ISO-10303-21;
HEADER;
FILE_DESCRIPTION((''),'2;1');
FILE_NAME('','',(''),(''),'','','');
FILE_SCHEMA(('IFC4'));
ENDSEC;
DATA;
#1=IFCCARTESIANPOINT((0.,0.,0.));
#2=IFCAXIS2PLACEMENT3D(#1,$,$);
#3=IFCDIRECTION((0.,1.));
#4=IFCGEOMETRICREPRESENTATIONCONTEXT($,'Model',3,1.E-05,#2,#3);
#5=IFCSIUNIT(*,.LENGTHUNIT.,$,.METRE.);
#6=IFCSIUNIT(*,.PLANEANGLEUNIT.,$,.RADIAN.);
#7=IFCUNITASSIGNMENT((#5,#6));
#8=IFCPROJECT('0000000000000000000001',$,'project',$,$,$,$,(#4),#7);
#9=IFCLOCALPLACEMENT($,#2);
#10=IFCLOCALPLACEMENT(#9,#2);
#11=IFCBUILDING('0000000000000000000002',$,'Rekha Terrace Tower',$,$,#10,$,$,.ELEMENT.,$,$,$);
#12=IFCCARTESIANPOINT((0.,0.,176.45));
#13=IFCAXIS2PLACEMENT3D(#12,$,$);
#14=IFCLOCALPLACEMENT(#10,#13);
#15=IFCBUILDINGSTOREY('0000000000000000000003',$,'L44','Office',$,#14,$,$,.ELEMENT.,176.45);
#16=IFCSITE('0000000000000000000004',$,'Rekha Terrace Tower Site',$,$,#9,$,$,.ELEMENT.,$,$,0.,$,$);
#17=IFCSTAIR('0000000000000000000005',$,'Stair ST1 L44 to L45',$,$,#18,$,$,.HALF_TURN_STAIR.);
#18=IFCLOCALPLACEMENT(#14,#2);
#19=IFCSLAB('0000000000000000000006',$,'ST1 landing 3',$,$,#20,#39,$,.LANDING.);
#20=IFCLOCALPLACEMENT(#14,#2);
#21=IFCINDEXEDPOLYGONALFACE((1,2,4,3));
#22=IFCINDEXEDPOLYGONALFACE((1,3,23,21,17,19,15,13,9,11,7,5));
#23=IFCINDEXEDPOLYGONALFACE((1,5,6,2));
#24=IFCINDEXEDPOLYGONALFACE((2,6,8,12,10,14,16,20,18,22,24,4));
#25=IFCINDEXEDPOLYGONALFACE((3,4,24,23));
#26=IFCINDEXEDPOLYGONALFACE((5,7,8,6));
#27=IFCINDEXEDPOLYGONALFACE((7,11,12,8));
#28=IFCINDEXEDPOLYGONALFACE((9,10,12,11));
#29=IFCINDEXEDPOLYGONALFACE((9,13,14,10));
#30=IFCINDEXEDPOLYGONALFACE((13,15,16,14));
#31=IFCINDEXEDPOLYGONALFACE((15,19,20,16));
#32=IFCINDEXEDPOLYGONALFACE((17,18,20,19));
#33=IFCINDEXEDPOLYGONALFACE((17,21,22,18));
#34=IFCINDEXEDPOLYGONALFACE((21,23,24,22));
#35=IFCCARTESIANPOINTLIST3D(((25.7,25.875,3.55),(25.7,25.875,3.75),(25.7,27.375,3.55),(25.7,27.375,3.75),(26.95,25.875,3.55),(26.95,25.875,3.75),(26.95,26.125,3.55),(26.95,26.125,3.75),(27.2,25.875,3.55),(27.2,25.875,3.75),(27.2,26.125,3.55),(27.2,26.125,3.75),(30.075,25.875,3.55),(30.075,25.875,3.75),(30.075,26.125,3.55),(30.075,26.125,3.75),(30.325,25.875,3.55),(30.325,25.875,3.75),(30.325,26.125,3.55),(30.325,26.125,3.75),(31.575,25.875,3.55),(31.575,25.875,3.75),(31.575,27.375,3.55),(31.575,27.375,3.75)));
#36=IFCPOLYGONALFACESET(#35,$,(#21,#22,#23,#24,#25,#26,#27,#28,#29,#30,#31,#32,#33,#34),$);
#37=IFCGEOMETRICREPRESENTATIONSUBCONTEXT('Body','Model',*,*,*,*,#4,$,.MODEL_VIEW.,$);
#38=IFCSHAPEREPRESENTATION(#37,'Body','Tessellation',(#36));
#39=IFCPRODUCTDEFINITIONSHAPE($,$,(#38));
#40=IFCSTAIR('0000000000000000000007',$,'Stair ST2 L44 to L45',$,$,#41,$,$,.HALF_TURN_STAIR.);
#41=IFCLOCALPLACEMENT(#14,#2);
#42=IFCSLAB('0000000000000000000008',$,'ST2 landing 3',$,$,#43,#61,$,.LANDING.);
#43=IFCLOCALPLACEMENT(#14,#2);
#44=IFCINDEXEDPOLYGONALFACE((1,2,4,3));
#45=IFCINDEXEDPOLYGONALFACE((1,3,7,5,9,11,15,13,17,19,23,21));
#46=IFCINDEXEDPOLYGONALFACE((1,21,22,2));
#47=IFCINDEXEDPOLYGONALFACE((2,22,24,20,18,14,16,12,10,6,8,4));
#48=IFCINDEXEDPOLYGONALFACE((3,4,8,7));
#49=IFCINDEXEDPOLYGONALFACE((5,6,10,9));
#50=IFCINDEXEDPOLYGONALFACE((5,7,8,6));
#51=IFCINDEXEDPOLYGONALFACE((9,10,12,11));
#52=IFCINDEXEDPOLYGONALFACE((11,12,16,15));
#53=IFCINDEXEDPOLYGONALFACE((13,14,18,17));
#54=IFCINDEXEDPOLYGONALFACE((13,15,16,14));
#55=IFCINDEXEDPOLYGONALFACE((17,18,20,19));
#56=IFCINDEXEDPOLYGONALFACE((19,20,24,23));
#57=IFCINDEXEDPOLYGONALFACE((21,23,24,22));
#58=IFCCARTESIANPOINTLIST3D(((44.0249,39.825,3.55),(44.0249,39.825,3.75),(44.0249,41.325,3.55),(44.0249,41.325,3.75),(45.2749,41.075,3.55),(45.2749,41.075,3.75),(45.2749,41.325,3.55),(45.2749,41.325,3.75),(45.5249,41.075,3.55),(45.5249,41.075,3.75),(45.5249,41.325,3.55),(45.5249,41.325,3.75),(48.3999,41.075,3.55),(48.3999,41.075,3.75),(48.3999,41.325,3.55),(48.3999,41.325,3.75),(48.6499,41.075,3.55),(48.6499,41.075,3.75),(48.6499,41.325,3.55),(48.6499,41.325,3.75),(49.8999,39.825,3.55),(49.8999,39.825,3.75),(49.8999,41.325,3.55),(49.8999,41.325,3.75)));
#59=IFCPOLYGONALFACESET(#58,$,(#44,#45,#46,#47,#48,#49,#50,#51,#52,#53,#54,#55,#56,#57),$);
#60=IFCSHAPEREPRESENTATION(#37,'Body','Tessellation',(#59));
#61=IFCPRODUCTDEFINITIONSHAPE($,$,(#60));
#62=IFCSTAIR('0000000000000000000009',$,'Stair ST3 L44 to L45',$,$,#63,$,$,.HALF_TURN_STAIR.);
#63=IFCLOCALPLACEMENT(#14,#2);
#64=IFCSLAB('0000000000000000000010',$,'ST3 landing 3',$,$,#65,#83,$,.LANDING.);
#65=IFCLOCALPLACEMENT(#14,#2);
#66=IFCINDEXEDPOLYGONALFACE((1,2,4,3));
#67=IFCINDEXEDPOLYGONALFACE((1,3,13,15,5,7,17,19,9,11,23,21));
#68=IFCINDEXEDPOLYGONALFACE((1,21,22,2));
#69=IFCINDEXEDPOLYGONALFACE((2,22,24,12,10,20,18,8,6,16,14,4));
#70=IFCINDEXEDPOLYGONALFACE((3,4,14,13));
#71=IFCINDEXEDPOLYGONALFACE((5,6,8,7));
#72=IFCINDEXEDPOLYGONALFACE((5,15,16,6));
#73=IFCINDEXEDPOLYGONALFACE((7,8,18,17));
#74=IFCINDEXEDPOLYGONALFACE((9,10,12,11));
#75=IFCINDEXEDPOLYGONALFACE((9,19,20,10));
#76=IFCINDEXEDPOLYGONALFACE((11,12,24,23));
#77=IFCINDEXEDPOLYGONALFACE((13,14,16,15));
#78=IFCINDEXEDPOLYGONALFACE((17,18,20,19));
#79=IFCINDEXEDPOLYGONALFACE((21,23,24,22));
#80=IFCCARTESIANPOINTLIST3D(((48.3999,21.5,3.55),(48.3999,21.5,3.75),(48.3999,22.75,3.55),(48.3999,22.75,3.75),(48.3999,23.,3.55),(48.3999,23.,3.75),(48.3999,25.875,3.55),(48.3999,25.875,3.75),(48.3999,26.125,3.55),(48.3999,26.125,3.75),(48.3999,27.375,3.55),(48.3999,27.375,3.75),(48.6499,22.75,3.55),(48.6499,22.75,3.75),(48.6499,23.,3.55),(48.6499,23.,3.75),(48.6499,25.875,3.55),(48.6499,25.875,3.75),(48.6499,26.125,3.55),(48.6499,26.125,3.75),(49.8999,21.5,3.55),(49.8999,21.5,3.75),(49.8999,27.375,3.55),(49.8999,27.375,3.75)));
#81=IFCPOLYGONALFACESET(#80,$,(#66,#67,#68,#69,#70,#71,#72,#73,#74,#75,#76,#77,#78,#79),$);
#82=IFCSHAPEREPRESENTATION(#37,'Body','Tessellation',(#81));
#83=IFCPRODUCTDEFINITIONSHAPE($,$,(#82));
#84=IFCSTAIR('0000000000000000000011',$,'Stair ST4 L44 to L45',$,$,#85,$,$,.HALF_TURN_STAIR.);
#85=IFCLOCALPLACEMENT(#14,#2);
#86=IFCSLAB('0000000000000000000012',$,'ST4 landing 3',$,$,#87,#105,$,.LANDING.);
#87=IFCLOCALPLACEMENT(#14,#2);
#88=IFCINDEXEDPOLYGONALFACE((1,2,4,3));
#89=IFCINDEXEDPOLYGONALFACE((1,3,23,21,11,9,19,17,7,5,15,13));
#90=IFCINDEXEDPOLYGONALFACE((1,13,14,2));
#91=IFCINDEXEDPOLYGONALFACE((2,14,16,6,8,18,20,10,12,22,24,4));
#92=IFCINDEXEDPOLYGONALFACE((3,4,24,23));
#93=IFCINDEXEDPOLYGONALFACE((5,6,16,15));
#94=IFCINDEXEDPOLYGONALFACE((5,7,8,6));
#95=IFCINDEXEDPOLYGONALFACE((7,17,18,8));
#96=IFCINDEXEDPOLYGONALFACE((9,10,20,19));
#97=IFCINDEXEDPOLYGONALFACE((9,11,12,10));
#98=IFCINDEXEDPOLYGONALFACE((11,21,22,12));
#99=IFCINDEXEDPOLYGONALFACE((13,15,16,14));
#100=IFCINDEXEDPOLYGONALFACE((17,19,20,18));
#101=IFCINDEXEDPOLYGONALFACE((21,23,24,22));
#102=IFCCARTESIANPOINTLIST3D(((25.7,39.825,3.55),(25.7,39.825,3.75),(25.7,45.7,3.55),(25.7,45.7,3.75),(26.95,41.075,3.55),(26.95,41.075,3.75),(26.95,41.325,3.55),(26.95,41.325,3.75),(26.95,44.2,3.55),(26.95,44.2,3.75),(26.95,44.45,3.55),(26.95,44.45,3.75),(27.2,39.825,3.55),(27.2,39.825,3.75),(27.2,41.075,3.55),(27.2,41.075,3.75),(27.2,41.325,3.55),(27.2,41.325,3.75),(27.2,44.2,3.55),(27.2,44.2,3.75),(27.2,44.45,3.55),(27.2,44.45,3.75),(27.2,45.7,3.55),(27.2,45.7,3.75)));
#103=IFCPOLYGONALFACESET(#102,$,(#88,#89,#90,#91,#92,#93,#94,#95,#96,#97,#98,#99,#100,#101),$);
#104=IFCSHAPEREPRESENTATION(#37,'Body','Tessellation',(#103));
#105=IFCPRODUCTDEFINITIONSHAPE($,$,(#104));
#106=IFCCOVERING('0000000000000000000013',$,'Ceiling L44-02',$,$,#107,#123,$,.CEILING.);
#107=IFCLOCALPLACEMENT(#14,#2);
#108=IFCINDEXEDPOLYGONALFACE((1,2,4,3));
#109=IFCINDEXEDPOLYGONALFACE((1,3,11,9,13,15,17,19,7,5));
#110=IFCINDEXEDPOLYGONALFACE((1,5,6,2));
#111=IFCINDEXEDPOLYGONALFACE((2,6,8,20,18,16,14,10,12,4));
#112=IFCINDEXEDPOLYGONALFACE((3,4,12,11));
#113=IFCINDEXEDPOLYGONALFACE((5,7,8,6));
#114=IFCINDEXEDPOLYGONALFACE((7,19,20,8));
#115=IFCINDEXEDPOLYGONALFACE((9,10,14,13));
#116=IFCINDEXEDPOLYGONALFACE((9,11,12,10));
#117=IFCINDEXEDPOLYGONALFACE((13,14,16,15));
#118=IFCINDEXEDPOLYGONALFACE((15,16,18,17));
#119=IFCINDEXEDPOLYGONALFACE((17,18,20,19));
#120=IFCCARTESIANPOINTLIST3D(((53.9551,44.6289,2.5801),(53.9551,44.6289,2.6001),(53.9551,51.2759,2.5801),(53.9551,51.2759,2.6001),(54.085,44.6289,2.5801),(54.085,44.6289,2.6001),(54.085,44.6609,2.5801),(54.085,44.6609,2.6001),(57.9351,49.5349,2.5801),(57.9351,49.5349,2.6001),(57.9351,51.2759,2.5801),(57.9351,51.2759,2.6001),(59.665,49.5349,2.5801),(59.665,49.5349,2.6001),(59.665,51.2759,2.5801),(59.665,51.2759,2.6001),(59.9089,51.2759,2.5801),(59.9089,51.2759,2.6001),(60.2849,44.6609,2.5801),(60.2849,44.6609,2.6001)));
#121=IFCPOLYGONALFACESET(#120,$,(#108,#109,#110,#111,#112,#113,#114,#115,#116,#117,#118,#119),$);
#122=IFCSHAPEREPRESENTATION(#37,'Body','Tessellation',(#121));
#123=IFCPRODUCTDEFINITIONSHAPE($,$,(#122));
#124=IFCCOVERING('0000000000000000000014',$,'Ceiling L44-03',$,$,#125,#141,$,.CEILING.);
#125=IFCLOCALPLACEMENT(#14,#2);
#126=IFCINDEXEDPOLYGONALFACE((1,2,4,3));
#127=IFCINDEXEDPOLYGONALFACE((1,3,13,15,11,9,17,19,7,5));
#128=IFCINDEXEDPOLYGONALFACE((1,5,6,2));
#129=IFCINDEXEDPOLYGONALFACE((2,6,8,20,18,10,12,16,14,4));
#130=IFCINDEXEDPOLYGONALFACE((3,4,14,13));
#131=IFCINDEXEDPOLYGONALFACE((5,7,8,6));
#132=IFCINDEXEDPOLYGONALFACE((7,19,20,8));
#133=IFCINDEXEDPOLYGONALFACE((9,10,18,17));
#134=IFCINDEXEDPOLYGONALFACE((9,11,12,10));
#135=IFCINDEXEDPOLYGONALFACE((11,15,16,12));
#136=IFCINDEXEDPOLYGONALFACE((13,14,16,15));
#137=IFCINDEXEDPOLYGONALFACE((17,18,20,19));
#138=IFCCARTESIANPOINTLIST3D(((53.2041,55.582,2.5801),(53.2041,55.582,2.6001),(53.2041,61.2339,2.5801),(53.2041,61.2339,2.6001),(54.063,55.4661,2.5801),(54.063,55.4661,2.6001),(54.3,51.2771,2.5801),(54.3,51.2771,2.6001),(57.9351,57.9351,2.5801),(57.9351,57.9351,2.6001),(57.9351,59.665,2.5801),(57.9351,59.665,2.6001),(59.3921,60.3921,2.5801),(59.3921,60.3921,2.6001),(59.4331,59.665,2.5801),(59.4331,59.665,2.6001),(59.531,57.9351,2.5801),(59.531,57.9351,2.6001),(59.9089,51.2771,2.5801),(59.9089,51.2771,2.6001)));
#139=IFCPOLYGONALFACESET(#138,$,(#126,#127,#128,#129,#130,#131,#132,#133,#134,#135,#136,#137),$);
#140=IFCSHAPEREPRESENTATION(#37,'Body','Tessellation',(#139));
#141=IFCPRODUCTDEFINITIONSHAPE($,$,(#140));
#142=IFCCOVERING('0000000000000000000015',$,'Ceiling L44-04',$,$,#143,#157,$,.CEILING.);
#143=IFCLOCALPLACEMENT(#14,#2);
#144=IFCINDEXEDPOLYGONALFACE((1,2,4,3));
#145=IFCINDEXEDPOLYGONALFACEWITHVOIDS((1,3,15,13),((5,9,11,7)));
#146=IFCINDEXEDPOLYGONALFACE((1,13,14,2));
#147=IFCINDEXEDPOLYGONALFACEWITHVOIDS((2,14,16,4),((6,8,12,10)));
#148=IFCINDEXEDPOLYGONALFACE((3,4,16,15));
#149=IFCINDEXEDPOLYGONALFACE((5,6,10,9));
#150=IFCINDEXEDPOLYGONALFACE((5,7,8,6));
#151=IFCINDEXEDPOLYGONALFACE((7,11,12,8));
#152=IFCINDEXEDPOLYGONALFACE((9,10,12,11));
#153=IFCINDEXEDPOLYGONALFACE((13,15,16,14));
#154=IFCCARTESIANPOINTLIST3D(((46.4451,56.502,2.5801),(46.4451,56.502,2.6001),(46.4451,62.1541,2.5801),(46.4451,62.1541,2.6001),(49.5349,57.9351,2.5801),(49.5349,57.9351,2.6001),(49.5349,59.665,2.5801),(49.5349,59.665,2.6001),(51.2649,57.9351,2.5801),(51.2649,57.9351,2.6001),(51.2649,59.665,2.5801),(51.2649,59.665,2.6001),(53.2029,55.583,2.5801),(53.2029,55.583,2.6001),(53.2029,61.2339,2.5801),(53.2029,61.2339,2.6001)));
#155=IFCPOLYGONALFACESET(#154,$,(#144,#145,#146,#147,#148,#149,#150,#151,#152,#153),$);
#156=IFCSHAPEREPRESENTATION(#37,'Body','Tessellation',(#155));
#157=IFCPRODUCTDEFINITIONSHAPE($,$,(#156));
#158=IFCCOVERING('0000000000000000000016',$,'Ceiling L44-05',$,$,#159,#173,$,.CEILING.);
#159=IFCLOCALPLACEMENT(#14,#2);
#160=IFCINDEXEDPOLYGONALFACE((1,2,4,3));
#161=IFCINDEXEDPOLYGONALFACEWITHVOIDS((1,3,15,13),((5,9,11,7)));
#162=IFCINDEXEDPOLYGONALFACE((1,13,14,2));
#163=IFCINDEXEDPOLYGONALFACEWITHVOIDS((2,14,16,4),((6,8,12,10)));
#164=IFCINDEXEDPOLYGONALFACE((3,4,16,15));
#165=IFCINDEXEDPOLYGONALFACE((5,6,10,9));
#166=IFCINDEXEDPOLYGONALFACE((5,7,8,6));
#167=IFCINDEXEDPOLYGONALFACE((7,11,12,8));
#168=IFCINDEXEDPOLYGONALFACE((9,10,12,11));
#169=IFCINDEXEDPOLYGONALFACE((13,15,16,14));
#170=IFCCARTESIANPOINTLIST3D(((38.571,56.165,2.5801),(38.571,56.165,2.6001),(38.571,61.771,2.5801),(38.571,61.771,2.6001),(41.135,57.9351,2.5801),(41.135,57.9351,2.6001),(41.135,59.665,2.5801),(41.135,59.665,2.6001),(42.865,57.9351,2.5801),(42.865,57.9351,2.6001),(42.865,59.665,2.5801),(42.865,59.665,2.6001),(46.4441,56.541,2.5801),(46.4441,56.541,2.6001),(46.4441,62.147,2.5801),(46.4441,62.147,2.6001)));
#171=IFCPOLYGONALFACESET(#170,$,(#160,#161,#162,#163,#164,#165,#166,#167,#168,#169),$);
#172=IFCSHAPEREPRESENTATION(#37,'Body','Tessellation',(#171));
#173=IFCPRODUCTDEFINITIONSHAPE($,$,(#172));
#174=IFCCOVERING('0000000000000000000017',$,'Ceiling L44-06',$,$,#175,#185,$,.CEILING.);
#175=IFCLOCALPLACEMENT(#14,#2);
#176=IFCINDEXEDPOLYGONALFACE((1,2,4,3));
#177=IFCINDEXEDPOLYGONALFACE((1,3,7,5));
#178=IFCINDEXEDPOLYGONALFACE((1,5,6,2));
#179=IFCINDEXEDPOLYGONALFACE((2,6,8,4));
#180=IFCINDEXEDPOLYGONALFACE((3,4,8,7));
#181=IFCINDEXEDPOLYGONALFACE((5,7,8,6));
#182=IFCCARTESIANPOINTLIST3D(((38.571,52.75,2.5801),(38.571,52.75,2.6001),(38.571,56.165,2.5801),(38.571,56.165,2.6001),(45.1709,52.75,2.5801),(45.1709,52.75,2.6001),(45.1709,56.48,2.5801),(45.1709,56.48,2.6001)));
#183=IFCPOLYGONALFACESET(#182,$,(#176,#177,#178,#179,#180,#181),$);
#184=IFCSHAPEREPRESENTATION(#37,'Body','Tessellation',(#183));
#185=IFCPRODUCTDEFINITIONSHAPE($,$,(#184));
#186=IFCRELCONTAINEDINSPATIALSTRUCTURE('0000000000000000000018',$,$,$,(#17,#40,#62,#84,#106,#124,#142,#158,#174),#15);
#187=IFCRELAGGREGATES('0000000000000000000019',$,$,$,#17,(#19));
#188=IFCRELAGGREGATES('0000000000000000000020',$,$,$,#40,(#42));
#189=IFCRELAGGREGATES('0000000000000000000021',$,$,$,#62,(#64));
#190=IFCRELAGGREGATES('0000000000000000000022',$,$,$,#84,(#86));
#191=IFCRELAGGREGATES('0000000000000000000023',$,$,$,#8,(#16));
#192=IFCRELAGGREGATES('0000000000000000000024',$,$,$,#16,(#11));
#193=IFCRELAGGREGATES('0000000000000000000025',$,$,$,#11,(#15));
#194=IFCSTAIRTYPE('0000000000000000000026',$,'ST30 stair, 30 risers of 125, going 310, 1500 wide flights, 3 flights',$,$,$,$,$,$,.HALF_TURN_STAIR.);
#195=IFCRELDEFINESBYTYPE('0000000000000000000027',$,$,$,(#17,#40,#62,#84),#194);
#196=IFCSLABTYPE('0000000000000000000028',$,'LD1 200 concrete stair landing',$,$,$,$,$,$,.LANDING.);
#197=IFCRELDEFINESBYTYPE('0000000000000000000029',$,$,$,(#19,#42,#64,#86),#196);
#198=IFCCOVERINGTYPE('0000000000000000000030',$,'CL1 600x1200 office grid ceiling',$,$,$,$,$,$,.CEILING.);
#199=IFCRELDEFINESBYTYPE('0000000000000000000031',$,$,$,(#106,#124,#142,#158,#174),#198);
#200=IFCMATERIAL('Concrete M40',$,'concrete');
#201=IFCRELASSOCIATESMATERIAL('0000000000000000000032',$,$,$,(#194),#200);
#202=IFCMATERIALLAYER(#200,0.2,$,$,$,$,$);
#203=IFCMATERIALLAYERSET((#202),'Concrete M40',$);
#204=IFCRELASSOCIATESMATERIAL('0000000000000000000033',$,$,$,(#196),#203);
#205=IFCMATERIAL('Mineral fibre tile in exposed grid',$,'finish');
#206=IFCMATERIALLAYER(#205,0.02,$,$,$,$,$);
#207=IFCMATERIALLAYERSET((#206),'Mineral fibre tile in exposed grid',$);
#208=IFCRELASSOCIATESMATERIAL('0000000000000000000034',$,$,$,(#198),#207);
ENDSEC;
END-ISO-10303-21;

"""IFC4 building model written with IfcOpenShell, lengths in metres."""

from ifc_helpers import new_model, si_unit, direction, frame, origin, place, context, subcontext, project, spatial, polyline, outline, extrude, material, layer, layer_set, type_object, element, aggregate, save


model = new_model("IFC4")

# Units and contexts
model_context = context("Model", 3, precision=1e-05, world=origin(), true_north=direction((0.0, 1.0)))
body_context = subcontext(model_context, "Body", "Model", "MODEL_VIEW")
ifc_project = project(units=[si_unit("LENGTHUNIT", "METRE"), si_unit("PLANEANGLEUNIT", "RADIAN")], contexts=[model_context])

# Site, building, storey
site_placement = place(None, origin())
site = spatial("IfcSite", under=ifc_project, at=site_placement, Name="Rekha Terrace Tower Site", CompositionType="ELEMENT", RefElevation=0.0)
building_placement = place(site_placement, origin())
building = spatial("IfcBuilding", under=site, at=building_placement, Name="Rekha Terrace Tower", CompositionType="ELEMENT")
storey_placement = place(building_placement, frame((0.0, 0.0, 176.45)))
storey = spatial("IfcBuildingStorey", under=building, at=storey_placement, Name="L44", Description="Office", CompositionType="ELEMENT", Elevation=176.45)

# Stairs, slabs
ifc_material_1 = material(Name="Concrete M40", Category="concrete")
stair_type = type_object("IfcStairType", Name="ST30 stair, 30 risers of 125, going 310, 1500 wide flights, 3 flights", PredefinedType="HALF_TURN_STAIR", material=ifc_material_1)
stair_1_placement = place(storey_placement, origin())
stair_1 = element("IfcStair", 1, at=stair_1_placement, inside=storey, type_object=stair_type, Name="Stair ST1 L44 to L45", PredefinedType="HALF_TURN_STAIR")
ifc_layer_1 = layer(ifc_material_1, 0.2)
ifc_layer_set_1 = layer_set([ifc_layer_1], Name="Concrete M40")
slab_type = type_object("IfcSlabType", Name="LD1 200 concrete stair landing", PredefinedType="LANDING", material=ifc_layer_set_1)
slab_1_placement = place(storey_placement, frame((0.0, 0.0, 3.55)))
slab_1 = element("IfcSlab", 2, at=slab_1_placement, type_object=slab_type, Name="ST1 landing 3", PredefinedType="LANDING", context=body_context, shape_type="SweptSolid", body=[
    extrude(outline(polyline([(31.575, 25.875), (31.575, 27.375), (25.7, 27.375), (25.7, 25.875), (26.95, 25.875), (26.95, 26.125), (27.2, 26.125), (27.2, 25.875), (30.075, 25.875), (30.075, 26.125), (30.325, 26.125), (30.325, 25.875), (31.575, 25.875)])), origin(), (0.0, 0.0, 1.0), 0.2),
])
aggregate(stair_1, [slab_1])
stair_2_placement = place(storey_placement, origin())
stair_2 = element("IfcStair", 3, at=stair_2_placement, inside=storey, type_object=stair_type, Name="Stair ST2 L44 to L45", PredefinedType="HALF_TURN_STAIR")
slab_2_placement = place(storey_placement, frame((0.0, 0.0, 3.55)))
slab_2 = element("IfcSlab", 4, at=slab_2_placement, type_object=slab_type, Name="ST2 landing 3", PredefinedType="LANDING", context=body_context, shape_type="SweptSolid", body=[
    extrude(outline(polyline([(44.0249, 41.325), (44.0249, 39.825), (49.8999, 39.825), (49.8999, 41.325), (48.6499, 41.325), (48.6499, 41.075), (48.3999, 41.075), (48.3999, 41.325), (45.5249, 41.325), (45.5249, 41.075), (45.2749, 41.075), (45.2749, 41.325), (44.0249, 41.325)])), origin(), (0.0, 0.0, 1.0), 0.2),
])
aggregate(stair_2, [slab_2])
stair_3_placement = place(storey_placement, origin())
stair_3 = element("IfcStair", 5, at=stair_3_placement, inside=storey, type_object=stair_type, Name="Stair ST3 L44 to L45", PredefinedType="HALF_TURN_STAIR")
slab_3_placement = place(storey_placement, frame((0.0, 0.0, 3.55)))
slab_3 = element("IfcSlab", 6, at=slab_3_placement, type_object=slab_type, Name="ST3 landing 3", PredefinedType="LANDING", context=body_context, shape_type="SweptSolid", body=[
    extrude(outline(polyline([(48.3999, 21.5), (49.8999, 21.5), (49.8999, 27.375), (48.3999, 27.375), (48.3999, 26.125), (48.6499, 26.125), (48.6499, 25.875), (48.3999, 25.875), (48.3999, 23.0), (48.6499, 23.0), (48.6499, 22.75), (48.3999, 22.75), (48.3999, 21.5)])), origin(), (0.0, 0.0, 1.0), 0.2),
])
aggregate(stair_3, [slab_3])
stair_4_placement = place(storey_placement, origin())
stair_4 = element("IfcStair", 7, at=stair_4_placement, inside=storey, type_object=stair_type, Name="Stair ST4 L44 to L45", PredefinedType="HALF_TURN_STAIR")
slab_4_placement = place(storey_placement, frame((0.0, 0.0, 3.55)))
slab_4 = element("IfcSlab", 8, at=slab_4_placement, type_object=slab_type, Name="ST4 landing 3", PredefinedType="LANDING", context=body_context, shape_type="SweptSolid", body=[
    extrude(outline(polyline([(27.2, 39.825), (25.7, 39.825), (25.7, 45.7), (27.2, 45.7), (27.2, 44.45), (26.95, 44.45), (26.95, 44.2), (27.2, 44.2), (27.2, 41.325), (26.95, 41.325), (26.95, 41.075), (27.2, 41.075), (27.2, 39.825)])), origin(), (0.0, 0.0, 1.0), 0.2),
])
aggregate(stair_4, [slab_4])

# Coverings
ifc_material_2 = material(Name="Mineral fibre tile in exposed grid", Category="finish")
ifc_layer_2 = layer(ifc_material_2, 0.02)
ifc_layer_set_2 = layer_set([ifc_layer_2], Name="Mineral fibre tile in exposed grid")
covering_type_1 = type_object("IfcCoveringType", Name="CL1 600x1200 office grid ceiling", PredefinedType="CEILING", material=ifc_layer_set_2)
covering_1_placement = place(storey_placement, frame((0.0, 0.0, 2.5801)))
element("IfcCovering", 9, at=covering_1_placement, inside=storey, type_object=covering_type_1, Name="Ceiling L44-02", PredefinedType="CEILING", context=body_context, shape_type="SweptSolid", body=[
    extrude(outline(polyline([(54.085, 44.6289), (54.085, 44.6609), (60.2849, 44.6609), (59.9089, 51.2759), (59.665, 51.2759), (59.665, 49.5349), (57.9351, 49.5349), (57.9351, 51.2759), (53.9551, 51.2759), (53.9551, 44.6289), (54.085, 44.6289)])), origin(), (0.0, 0.0, 1.0), 0.02),
])
covering_2_placement = place(storey_placement, frame((0.0, 0.0, 2.5801)))
element("IfcCovering", 10, at=covering_2_placement, inside=storey, type_object=covering_type_1, Name="Ceiling L44-03", PredefinedType="CEILING", context=body_context, shape_type="SweptSolid", body=[
    extrude(outline(polyline([(59.3921, 60.3921), (53.2041, 61.2339), (53.2041, 55.582), (54.063, 55.4661), (54.3, 51.2771), (59.9089, 51.2771), (59.531, 57.9351), (57.9351, 57.9351), (57.9351, 59.665), (59.4331, 59.665), (59.3921, 60.3921)])), origin(), (0.0, 0.0, 1.0), 0.02),
])
covering_3_placement = place(storey_placement, frame((0.0, 0.0, 2.5801)))
element("IfcCovering", 11, at=covering_3_placement, inside=storey, type_object=covering_type_1, Name="Ceiling L44-04", PredefinedType="CEILING", context=body_context, shape_type="SweptSolid", body=[
    extrude(outline(polyline([(53.2029, 55.583), (53.2029, 61.2339), (46.4451, 62.1541), (46.4451, 56.502), (53.2029, 55.583)]), holes=[polyline([(51.2649, 57.9351), (49.5349, 57.9351), (49.5349, 59.665), (51.2649, 59.665), (51.2649, 57.9351)])]), origin(), (0.0, 0.0, 1.0), 0.02),
])
covering_4_placement = place(storey_placement, frame((0.0, 0.0, 2.5801)))
element("IfcCovering", 12, at=covering_4_placement, inside=storey, type_object=covering_type_1, Name="Ceiling L44-05", PredefinedType="CEILING", context=body_context, shape_type="SweptSolid", body=[
    extrude(outline(polyline([(46.4441, 62.147), (38.571, 61.771), (38.571, 56.165), (46.4441, 56.541), (46.4441, 62.147)]), holes=[polyline([(42.865, 59.665), (42.865, 57.9351), (41.135, 57.9351), (41.135, 59.665), (42.865, 59.665)])]), origin(), (0.0, 0.0, 1.0), 0.02),
])
covering_5_placement = place(storey_placement, frame((0.0, 0.0, 2.5801)))
element("IfcCovering", 13, at=covering_5_placement, inside=storey, type_object=covering_type_1, Name="Ceiling L44-06", PredefinedType="CEILING", context=body_context, shape_type="SweptSolid", body=[
    extrude(outline(polyline([(45.1709, 52.75), (45.1709, 56.48), (38.571, 56.165), (38.571, 52.75), (45.1709, 52.75)])), origin(), (0.0, 0.0, 1.0), 0.02),
])

save(model, "model.ifc")
